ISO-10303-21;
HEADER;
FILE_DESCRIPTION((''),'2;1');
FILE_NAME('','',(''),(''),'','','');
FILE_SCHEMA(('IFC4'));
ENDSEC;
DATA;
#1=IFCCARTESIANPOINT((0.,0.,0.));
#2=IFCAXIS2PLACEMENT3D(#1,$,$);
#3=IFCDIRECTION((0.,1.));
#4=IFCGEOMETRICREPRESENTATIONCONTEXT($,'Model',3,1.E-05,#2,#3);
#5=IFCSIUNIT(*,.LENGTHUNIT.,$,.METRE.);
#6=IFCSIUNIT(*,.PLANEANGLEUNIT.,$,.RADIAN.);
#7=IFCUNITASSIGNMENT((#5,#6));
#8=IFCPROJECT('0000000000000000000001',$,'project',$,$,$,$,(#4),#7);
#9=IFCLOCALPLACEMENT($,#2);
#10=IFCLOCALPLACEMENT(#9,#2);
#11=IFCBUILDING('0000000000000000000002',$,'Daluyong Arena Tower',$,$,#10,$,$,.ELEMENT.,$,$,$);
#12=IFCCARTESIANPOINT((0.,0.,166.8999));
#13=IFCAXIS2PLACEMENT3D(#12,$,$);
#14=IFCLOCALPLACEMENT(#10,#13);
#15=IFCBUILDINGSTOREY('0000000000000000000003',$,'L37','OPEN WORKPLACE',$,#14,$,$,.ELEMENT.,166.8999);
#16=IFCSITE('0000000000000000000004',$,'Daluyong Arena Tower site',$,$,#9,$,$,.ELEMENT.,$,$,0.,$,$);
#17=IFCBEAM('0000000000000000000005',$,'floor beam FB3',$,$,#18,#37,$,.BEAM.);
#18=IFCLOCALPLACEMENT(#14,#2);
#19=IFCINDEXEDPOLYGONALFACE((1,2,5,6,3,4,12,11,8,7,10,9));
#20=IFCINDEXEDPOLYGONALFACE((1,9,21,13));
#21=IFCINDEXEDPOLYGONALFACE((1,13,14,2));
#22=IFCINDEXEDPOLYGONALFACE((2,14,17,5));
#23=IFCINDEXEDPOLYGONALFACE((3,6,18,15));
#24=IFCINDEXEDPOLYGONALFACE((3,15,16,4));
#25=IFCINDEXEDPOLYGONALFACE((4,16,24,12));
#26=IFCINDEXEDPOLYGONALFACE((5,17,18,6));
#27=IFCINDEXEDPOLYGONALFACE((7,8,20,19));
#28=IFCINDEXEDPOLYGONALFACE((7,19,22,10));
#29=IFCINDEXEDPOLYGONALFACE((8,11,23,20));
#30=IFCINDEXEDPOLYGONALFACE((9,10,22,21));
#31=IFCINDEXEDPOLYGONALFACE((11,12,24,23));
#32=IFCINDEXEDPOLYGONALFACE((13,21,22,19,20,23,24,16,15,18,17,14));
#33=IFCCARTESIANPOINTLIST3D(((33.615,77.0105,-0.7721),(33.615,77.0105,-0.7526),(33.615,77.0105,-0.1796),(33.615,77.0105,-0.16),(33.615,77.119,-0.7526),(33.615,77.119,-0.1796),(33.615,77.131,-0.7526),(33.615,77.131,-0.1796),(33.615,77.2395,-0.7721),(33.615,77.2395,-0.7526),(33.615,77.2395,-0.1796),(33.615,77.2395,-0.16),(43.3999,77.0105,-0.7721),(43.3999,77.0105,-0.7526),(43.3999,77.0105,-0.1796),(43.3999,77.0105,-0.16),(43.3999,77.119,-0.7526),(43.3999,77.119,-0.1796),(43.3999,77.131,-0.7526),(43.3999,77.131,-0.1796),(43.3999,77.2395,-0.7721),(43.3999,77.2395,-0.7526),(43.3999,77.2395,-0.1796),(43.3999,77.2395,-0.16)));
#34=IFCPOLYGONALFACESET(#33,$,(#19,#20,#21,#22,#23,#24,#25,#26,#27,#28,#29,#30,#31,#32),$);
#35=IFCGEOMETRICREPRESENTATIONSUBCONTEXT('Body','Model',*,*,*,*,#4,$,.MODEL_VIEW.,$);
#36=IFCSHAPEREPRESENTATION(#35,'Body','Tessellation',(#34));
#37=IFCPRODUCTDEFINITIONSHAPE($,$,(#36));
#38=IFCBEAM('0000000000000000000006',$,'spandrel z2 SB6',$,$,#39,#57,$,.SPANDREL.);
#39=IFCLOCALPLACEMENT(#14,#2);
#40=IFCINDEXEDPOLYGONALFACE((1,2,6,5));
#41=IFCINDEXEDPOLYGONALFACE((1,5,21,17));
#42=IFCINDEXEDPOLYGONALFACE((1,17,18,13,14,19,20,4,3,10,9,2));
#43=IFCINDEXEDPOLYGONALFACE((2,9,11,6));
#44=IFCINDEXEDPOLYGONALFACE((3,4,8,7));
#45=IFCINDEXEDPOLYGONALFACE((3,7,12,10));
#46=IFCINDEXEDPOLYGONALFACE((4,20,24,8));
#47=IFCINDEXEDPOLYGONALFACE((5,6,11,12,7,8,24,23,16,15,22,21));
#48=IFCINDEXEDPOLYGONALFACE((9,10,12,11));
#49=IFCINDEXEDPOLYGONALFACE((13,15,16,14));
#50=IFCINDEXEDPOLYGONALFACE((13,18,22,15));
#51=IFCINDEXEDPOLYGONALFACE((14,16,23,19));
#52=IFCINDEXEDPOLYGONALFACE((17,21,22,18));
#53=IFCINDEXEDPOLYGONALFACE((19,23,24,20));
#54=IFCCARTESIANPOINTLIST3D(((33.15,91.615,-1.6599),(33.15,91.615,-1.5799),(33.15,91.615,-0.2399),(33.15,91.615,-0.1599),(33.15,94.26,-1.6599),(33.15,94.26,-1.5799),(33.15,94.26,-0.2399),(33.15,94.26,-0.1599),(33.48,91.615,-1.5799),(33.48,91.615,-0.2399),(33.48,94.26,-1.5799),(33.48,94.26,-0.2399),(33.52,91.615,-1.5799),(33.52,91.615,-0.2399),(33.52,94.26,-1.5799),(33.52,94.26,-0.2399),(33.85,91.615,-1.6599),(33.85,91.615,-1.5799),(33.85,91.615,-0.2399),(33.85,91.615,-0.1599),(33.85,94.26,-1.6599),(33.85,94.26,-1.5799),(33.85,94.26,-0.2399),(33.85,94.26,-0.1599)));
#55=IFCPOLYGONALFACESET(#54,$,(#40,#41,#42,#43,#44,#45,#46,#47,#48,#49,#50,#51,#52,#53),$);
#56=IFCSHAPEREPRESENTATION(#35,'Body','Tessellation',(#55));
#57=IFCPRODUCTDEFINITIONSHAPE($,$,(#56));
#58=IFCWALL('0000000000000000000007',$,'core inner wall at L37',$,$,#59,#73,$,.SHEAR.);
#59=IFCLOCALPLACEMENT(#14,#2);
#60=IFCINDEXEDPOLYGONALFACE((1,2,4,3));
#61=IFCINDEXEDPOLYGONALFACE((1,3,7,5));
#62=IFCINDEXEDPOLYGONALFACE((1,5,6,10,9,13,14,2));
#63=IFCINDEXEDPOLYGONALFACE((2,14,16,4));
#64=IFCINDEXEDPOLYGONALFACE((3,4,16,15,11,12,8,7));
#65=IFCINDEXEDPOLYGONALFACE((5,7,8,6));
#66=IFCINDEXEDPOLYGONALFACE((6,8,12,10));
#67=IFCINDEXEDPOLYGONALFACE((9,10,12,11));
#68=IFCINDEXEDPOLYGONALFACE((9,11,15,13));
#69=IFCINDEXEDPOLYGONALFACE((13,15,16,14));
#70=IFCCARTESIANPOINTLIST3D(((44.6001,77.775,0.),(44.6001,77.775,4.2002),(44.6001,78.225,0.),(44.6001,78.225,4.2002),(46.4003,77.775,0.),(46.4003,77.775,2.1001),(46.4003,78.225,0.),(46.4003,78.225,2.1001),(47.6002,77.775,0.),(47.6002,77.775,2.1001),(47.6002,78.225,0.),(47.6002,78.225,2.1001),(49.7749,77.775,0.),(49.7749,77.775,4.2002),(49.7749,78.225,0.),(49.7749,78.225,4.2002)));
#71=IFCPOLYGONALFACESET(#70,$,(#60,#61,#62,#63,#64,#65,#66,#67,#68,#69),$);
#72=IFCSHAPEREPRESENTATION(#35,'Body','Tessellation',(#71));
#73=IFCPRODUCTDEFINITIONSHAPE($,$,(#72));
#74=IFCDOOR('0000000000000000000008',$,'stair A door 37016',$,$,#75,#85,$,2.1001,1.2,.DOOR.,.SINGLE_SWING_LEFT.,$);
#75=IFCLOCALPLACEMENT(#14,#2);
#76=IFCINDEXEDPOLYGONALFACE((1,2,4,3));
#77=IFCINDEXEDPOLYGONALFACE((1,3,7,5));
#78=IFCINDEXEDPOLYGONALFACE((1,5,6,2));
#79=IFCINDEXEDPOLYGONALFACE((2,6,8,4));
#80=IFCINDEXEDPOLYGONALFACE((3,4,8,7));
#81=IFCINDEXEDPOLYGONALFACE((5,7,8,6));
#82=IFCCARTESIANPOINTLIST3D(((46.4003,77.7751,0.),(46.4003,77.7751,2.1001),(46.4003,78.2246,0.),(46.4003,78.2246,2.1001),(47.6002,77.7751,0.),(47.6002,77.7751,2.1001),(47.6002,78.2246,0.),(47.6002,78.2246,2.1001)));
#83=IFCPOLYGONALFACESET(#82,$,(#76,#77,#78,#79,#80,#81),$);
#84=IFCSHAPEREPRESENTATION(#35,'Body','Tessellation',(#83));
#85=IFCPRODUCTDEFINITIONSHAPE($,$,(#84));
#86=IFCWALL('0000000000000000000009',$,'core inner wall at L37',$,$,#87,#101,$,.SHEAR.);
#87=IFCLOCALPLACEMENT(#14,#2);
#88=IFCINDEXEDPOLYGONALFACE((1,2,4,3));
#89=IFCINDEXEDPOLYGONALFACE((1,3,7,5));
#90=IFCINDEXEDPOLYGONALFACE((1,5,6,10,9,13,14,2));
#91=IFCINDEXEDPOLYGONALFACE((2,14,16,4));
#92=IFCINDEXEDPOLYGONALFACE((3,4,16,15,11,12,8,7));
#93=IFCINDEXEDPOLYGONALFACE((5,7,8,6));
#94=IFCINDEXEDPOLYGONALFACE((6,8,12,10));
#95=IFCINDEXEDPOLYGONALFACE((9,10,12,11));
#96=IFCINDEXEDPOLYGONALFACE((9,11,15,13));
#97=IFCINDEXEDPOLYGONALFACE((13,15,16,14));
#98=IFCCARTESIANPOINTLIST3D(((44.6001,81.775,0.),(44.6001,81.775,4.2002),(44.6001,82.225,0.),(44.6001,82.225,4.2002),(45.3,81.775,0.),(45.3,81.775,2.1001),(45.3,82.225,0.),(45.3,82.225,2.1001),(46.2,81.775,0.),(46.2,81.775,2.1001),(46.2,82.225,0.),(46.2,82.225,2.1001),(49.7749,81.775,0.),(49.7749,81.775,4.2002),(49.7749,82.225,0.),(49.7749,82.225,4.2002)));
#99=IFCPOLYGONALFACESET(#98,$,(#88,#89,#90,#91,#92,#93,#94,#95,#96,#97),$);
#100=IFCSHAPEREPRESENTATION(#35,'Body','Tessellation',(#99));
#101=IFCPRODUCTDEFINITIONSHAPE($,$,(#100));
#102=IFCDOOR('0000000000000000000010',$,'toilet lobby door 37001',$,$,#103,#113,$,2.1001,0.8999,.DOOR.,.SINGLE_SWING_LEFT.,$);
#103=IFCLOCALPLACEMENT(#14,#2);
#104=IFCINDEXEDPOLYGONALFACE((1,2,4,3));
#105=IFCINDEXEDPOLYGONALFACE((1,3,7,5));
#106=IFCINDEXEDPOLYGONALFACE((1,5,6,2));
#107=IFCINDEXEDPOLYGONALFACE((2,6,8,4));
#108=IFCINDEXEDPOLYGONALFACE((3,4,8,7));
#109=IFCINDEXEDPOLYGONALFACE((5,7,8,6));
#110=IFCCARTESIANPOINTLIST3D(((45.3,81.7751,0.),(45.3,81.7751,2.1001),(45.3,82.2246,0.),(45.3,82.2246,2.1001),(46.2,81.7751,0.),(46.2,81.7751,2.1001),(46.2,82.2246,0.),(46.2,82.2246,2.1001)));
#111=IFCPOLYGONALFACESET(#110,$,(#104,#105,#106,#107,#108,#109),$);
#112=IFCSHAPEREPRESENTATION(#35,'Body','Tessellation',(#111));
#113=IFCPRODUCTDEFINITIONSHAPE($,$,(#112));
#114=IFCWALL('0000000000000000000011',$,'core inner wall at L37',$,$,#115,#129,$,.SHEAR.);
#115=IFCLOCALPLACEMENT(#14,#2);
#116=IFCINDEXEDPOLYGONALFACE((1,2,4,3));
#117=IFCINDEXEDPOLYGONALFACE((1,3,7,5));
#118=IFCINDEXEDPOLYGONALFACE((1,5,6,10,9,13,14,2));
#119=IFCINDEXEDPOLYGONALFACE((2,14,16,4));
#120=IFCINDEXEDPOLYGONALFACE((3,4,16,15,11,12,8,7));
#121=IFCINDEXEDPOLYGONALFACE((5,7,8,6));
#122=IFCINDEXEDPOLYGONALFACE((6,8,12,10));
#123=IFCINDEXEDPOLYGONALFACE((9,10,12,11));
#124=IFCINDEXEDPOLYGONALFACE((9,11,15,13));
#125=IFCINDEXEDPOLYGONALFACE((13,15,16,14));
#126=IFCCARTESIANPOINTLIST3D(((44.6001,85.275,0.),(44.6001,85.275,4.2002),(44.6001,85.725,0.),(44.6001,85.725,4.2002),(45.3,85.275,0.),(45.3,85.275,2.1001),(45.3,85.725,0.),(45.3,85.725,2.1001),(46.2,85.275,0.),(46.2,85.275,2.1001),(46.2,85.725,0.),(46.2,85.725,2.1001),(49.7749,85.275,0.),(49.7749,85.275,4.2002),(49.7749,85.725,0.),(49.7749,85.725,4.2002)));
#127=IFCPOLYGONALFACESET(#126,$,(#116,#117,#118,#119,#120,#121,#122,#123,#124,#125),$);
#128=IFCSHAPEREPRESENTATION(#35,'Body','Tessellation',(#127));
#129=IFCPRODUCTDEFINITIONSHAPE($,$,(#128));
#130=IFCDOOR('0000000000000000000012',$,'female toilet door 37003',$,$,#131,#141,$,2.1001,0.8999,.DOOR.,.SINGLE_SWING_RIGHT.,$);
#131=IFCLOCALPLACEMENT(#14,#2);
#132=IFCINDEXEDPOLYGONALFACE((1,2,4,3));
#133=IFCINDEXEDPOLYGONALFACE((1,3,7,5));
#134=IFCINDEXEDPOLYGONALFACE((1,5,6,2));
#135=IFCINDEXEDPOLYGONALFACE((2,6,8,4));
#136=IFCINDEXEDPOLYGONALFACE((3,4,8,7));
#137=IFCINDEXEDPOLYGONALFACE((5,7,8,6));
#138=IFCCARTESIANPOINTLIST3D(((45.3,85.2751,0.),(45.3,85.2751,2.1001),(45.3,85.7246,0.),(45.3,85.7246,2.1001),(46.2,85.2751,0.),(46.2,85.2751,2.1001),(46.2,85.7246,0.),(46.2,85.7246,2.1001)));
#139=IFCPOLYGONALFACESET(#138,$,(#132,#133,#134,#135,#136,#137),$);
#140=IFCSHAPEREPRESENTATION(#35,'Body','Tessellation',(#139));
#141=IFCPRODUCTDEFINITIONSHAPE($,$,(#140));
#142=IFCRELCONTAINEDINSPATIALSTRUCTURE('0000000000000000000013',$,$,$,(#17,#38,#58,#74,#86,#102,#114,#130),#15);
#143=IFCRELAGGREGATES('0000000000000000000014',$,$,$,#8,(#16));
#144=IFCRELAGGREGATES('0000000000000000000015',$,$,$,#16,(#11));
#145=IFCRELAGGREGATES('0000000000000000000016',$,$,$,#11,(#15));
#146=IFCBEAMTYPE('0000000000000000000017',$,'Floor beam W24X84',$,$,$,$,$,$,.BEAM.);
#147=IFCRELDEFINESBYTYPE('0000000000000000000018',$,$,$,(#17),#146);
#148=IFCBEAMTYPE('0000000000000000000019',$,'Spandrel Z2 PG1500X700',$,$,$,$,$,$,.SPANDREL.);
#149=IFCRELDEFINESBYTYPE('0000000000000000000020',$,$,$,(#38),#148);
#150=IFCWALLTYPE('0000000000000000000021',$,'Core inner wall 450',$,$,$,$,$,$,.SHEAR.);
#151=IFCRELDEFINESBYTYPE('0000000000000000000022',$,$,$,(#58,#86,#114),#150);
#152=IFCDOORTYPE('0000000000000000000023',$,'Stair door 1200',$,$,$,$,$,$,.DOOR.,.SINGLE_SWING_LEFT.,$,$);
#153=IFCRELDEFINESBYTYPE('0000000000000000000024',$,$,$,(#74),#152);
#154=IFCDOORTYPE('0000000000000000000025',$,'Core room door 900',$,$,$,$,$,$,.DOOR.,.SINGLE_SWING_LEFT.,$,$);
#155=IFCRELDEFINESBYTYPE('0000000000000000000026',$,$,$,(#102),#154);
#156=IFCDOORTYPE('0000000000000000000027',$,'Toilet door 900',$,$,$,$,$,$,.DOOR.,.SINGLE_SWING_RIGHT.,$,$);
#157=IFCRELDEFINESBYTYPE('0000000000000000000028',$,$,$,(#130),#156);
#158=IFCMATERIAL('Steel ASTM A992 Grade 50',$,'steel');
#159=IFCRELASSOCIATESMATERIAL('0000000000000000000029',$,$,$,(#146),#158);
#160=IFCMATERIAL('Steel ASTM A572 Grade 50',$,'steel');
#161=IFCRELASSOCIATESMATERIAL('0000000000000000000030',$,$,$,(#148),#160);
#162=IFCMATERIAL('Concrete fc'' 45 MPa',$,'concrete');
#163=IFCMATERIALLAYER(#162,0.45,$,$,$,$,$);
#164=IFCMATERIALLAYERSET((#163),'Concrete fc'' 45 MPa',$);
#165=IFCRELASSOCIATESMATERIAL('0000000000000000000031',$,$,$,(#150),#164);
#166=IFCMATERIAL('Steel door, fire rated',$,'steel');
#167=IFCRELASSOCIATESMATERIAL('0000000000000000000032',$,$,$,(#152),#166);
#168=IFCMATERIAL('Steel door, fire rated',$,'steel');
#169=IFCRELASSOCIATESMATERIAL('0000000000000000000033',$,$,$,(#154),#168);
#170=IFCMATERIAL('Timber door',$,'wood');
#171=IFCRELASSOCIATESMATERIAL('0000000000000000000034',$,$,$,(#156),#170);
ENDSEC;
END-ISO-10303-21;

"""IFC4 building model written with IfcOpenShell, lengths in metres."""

from ifc_helpers import new_model, si_unit, direction, frame, frame_2d, origin, origin_2d, place, context, subcontext, project, spatial, rectangle, i_section, extrude, material, layer, layer_set, material_profile, profile_set, type_object, element, fill, save


model = new_model("IFC4")

# Units and contexts
model_context = context("Model", 3, precision=1e-05, world=origin(), true_north=direction((0.0, 1.0)))
body_context = subcontext(model_context, "Body", "Model", "MODEL_VIEW")
ifc_project = project(units=[si_unit("LENGTHUNIT", "METRE"), si_unit("PLANEANGLEUNIT", "RADIAN")], contexts=[model_context])

# Site, building, storey
site_placement = place(None, origin())
site = spatial("IfcSite", under=ifc_project, at=site_placement, Name="Daluyong Arena Tower site", CompositionType="ELEMENT", RefElevation=0.0)
building_placement = place(site_placement, origin())
building = spatial("IfcBuilding", under=site, at=building_placement, Name="Daluyong Arena Tower", CompositionType="ELEMENT")
storey_placement = place(building_placement, frame((0.0, 0.0, 166.8999)))
storey = spatial("IfcBuildingStorey", under=building, at=storey_placement, Name="L37", Description="OPEN WORKPLACE", CompositionType="ELEMENT", Elevation=166.8999)

# Beams
ifc_material_1 = material(Name="Steel ASTM A992 Grade 50", Category="steel")
ifc_material_profile_1 = material_profile(ifc_material_1, i_section(OverallWidth=0.229, OverallDepth=0.6121, WebThickness=0.012, FlangeThickness=0.0195, at=origin_2d()))
ifc_profile_set_1 = profile_set([ifc_material_profile_1], Name="Steel ASTM A992 Grade 50")
beam_type_1 = type_object("IfcBeamType", Name="Floor beam W24X84", PredefinedType="BEAM", material=ifc_profile_set_1)
for number, where, z_axis, x_axis, name in (
    (1, (33.615, 77.125, -0.4661), (1.0, 0.0, 0.0), (0.0, 1.0, 0.0), "floor beam FB3"),
):
    element("IfcBeam", number, at=place(storey_placement, frame(where, z_axis=z_axis, x_axis=x_axis)), inside=storey, type_object=beam_type_1, Name=name, PredefinedType="BEAM", context=body_context, shape_type="SweptSolid", body=[
        extrude(i_section(OverallWidth=0.229, OverallDepth=0.6121, WebThickness=0.012, FlangeThickness=0.0195, at=origin_2d()), origin(), (0.0, 0.0, 1.0), 9.7849),
    ])
ifc_material_2 = material(Name="Steel ASTM A572 Grade 50", Category="steel")
ifc_material_profile_2 = material_profile(ifc_material_2, i_section(OverallWidth=0.7, OverallDepth=1.5, WebThickness=0.04, FlangeThickness=0.08, at=origin_2d()))
ifc_profile_set_2 = profile_set([ifc_material_profile_2], Name="Steel ASTM A572 Grade 50")
beam_type_2 = type_object("IfcBeamType", Name="Spandrel Z2 PG1500X700", PredefinedType="SPANDREL", material=ifc_profile_set_2)
beam_1_placement = place(storey_placement, frame((33.5, 94.26, -0.9099), z_axis=(0.0, -1.0, 0.0), x_axis=(1.0, 0.0, 0.0)))
element("IfcBeam", 2, at=beam_1_placement, inside=storey, type_object=beam_type_2, Name="spandrel z2 SB6", PredefinedType="SPANDREL", context=body_context, shape_type="SweptSolid", body=[
    extrude(i_section(OverallWidth=0.7, OverallDepth=1.5, WebThickness=0.04, FlangeThickness=0.08, at=origin_2d()), origin(), (0.0, 0.0, 1.0), 2.645),
])

# Walls, openings, doors
ifc_material_3 = material(Name="Concrete fc' 45 MPa", Category="concrete")
ifc_layer_1 = layer(ifc_material_3, 0.45)
ifc_layer_set_1 = layer_set([ifc_layer_1], Name="Concrete fc' 45 MPa")
wall_type_1 = type_object("IfcWallType", Name="Core inner wall 450", PredefinedType="SHEAR", material=ifc_layer_set_1)
wall_1_placement = place(storey_placement, frame((44.6001, 78.0, 0.0), z_axis=(0.0, 0.0, 1.0), x_axis=(1.0, 0.0, 0.0)))
wall_1 = element("IfcWall", 3, at=wall_1_placement, inside=storey, type_object=wall_type_1, Name="core inner wall at L37", PredefinedType="SHEAR", context=body_context, shape_type="SweptSolid", body=[
    extrude(rectangle(XDim=5.1748, YDim=0.45, at=frame_2d((2.5874, 0.0))), origin(), (0.0, 0.0, 1.0), 4.2002),
])
opening_1_placement = place(wall_1_placement, frame((1.8, 0.0, 0.0)))
opening_1 = element("IfcOpeningElement", 4, at=opening_1_placement, cuts=wall_1, PredefinedType="OPENING", context=body_context, shape_type="SweptSolid", body=[
    extrude(rectangle(XDim=1.2, YDim=2.1001, at=frame_2d((0.6001, 1.05))), frame((0.0, 0.2349, 0.0), z_axis=(0.0, -1.0, 0.0), x_axis=(1.0, 0.0, 0.0)), (0.0, 0.0, 1.0), 0.47),
])
ifc_material_4 = material(Name="Steel door, fire rated", Category="steel")
door_type_1 = type_object("IfcDoorType", Name="Stair door 1200", OperationType="SINGLE_SWING_LEFT", PredefinedType="DOOR", material=ifc_material_4)
door_1_placement = place(opening_1_placement, origin())
door_1 = element("IfcDoor", 5, at=door_1_placement, inside=storey, type_object=door_type_1, Name="stair A door 37016", OperationType="SINGLE_SWING_LEFT", OverallHeight=2.1001, OverallWidth=1.2, PredefinedType="DOOR", context=body_context, shape_type="SweptSolid", body=[
    extrude(rectangle(XDim=1.2, YDim=2.1001, at=frame_2d((0.6001, 1.05))), frame((0.0, 0.2246, 0.0), z_axis=(0.0, -1.0, 0.0), x_axis=(1.0, 0.0, 0.0)), (0.0, 0.0, 1.0), 0.4495),
])
fill(opening_1, door_1)
wall_2_placement = place(storey_placement, frame((44.6001, 82.0, 0.0), z_axis=(0.0, 0.0, 1.0), x_axis=(1.0, 0.0, 0.0)))
wall_2 = element("IfcWall", 6, at=wall_2_placement, inside=storey, type_object=wall_type_1, Name="core inner wall at L37", PredefinedType="SHEAR", context=body_context, shape_type="SweptSolid", body=[
    extrude(rectangle(XDim=5.1748, YDim=0.45, at=frame_2d((2.5874, 0.0))), origin(), (0.0, 0.0, 1.0), 4.2002),
])
opening_2_placement = place(wall_2_placement, frame((0.7, 0.0, 0.0)))
opening_2 = element("IfcOpeningElement", 7, at=opening_2_placement, cuts=wall_2, PredefinedType="OPENING", context=body_context, shape_type="SweptSolid", body=[
    extrude(rectangle(XDim=0.8999, YDim=2.1001, at=frame_2d((0.45, 1.05))), frame((0.0, 0.2349, 0.0), z_axis=(0.0, -1.0, 0.0), x_axis=(1.0, 0.0, 0.0)), (0.0, 0.0, 1.0), 0.47),
])
ifc_material_5 = material(Name="Steel door, fire rated", Category="steel")
door_type_2 = type_object("IfcDoorType", Name="Core room door 900", OperationType="SINGLE_SWING_LEFT", PredefinedType="DOOR", material=ifc_material_5)
door_2_placement = place(opening_2_placement, origin())
door_2 = element("IfcDoor", 8, at=door_2_placement, inside=storey, type_object=door_type_2, Name="toilet lobby door 37001", OperationType="SINGLE_SWING_LEFT", OverallHeight=2.1001, OverallWidth=0.8999, PredefinedType="DOOR", context=body_context, shape_type="SweptSolid", body=[
    extrude(rectangle(XDim=0.8999, YDim=2.1001, at=frame_2d((0.45, 1.05))), frame((0.0, 0.2246, 0.0), z_axis=(0.0, -1.0, 0.0), x_axis=(1.0, 0.0, 0.0)), (0.0, 0.0, 1.0), 0.4495),
])
fill(opening_2, door_2)
wall_3_placement = place(storey_placement, frame((44.6001, 85.5, 0.0), z_axis=(0.0, 0.0, 1.0), x_axis=(1.0, 0.0, 0.0)))
wall_3 = element("IfcWall", 9, at=wall_3_placement, inside=storey, type_object=wall_type_1, Name="core inner wall at L37", PredefinedType="SHEAR", context=body_context, shape_type="SweptSolid", body=[
    extrude(rectangle(XDim=5.1748, YDim=0.45, at=frame_2d((2.5874, 0.0))), origin(), (0.0, 0.0, 1.0), 4.2002),
])
opening_3_placement = place(wall_3_placement, frame((0.7, 0.0, 0.0)))
opening_3 = element("IfcOpeningElement", 10, at=opening_3_placement, cuts=wall_3, PredefinedType="OPENING", context=body_context, shape_type="SweptSolid", body=[
    extrude(rectangle(XDim=0.8999, YDim=2.1001, at=frame_2d((0.45, 1.05))), frame((0.0, 0.2349, 0.0), z_axis=(0.0, -1.0, 0.0), x_axis=(1.0, 0.0, 0.0)), (0.0, 0.0, 1.0), 0.47),
])
ifc_material_6 = material(Name="Timber door", Category="wood")
door_type_3 = type_object("IfcDoorType", Name="Toilet door 900", OperationType="SINGLE_SWING_RIGHT", PredefinedType="DOOR", material=ifc_material_6)
door_3_placement = place(opening_3_placement, origin())
door_3 = element("IfcDoor", 11, at=door_3_placement, inside=storey, type_object=door_type_3, Name="female toilet door 37003", OperationType="SINGLE_SWING_RIGHT", OverallHeight=2.1001, OverallWidth=0.8999, PredefinedType="DOOR", context=body_context, shape_type="SweptSolid", body=[
    extrude(rectangle(XDim=0.8999, YDim=2.1001, at=frame_2d((0.45, 1.05))), frame((0.0, 0.2246, 0.0), z_axis=(0.0, -1.0, 0.0), x_axis=(1.0, 0.0, 0.0)), (0.0, 0.0, 1.0), 0.4495),
])
fill(opening_3, door_3)

save(model, "model.ifc")
